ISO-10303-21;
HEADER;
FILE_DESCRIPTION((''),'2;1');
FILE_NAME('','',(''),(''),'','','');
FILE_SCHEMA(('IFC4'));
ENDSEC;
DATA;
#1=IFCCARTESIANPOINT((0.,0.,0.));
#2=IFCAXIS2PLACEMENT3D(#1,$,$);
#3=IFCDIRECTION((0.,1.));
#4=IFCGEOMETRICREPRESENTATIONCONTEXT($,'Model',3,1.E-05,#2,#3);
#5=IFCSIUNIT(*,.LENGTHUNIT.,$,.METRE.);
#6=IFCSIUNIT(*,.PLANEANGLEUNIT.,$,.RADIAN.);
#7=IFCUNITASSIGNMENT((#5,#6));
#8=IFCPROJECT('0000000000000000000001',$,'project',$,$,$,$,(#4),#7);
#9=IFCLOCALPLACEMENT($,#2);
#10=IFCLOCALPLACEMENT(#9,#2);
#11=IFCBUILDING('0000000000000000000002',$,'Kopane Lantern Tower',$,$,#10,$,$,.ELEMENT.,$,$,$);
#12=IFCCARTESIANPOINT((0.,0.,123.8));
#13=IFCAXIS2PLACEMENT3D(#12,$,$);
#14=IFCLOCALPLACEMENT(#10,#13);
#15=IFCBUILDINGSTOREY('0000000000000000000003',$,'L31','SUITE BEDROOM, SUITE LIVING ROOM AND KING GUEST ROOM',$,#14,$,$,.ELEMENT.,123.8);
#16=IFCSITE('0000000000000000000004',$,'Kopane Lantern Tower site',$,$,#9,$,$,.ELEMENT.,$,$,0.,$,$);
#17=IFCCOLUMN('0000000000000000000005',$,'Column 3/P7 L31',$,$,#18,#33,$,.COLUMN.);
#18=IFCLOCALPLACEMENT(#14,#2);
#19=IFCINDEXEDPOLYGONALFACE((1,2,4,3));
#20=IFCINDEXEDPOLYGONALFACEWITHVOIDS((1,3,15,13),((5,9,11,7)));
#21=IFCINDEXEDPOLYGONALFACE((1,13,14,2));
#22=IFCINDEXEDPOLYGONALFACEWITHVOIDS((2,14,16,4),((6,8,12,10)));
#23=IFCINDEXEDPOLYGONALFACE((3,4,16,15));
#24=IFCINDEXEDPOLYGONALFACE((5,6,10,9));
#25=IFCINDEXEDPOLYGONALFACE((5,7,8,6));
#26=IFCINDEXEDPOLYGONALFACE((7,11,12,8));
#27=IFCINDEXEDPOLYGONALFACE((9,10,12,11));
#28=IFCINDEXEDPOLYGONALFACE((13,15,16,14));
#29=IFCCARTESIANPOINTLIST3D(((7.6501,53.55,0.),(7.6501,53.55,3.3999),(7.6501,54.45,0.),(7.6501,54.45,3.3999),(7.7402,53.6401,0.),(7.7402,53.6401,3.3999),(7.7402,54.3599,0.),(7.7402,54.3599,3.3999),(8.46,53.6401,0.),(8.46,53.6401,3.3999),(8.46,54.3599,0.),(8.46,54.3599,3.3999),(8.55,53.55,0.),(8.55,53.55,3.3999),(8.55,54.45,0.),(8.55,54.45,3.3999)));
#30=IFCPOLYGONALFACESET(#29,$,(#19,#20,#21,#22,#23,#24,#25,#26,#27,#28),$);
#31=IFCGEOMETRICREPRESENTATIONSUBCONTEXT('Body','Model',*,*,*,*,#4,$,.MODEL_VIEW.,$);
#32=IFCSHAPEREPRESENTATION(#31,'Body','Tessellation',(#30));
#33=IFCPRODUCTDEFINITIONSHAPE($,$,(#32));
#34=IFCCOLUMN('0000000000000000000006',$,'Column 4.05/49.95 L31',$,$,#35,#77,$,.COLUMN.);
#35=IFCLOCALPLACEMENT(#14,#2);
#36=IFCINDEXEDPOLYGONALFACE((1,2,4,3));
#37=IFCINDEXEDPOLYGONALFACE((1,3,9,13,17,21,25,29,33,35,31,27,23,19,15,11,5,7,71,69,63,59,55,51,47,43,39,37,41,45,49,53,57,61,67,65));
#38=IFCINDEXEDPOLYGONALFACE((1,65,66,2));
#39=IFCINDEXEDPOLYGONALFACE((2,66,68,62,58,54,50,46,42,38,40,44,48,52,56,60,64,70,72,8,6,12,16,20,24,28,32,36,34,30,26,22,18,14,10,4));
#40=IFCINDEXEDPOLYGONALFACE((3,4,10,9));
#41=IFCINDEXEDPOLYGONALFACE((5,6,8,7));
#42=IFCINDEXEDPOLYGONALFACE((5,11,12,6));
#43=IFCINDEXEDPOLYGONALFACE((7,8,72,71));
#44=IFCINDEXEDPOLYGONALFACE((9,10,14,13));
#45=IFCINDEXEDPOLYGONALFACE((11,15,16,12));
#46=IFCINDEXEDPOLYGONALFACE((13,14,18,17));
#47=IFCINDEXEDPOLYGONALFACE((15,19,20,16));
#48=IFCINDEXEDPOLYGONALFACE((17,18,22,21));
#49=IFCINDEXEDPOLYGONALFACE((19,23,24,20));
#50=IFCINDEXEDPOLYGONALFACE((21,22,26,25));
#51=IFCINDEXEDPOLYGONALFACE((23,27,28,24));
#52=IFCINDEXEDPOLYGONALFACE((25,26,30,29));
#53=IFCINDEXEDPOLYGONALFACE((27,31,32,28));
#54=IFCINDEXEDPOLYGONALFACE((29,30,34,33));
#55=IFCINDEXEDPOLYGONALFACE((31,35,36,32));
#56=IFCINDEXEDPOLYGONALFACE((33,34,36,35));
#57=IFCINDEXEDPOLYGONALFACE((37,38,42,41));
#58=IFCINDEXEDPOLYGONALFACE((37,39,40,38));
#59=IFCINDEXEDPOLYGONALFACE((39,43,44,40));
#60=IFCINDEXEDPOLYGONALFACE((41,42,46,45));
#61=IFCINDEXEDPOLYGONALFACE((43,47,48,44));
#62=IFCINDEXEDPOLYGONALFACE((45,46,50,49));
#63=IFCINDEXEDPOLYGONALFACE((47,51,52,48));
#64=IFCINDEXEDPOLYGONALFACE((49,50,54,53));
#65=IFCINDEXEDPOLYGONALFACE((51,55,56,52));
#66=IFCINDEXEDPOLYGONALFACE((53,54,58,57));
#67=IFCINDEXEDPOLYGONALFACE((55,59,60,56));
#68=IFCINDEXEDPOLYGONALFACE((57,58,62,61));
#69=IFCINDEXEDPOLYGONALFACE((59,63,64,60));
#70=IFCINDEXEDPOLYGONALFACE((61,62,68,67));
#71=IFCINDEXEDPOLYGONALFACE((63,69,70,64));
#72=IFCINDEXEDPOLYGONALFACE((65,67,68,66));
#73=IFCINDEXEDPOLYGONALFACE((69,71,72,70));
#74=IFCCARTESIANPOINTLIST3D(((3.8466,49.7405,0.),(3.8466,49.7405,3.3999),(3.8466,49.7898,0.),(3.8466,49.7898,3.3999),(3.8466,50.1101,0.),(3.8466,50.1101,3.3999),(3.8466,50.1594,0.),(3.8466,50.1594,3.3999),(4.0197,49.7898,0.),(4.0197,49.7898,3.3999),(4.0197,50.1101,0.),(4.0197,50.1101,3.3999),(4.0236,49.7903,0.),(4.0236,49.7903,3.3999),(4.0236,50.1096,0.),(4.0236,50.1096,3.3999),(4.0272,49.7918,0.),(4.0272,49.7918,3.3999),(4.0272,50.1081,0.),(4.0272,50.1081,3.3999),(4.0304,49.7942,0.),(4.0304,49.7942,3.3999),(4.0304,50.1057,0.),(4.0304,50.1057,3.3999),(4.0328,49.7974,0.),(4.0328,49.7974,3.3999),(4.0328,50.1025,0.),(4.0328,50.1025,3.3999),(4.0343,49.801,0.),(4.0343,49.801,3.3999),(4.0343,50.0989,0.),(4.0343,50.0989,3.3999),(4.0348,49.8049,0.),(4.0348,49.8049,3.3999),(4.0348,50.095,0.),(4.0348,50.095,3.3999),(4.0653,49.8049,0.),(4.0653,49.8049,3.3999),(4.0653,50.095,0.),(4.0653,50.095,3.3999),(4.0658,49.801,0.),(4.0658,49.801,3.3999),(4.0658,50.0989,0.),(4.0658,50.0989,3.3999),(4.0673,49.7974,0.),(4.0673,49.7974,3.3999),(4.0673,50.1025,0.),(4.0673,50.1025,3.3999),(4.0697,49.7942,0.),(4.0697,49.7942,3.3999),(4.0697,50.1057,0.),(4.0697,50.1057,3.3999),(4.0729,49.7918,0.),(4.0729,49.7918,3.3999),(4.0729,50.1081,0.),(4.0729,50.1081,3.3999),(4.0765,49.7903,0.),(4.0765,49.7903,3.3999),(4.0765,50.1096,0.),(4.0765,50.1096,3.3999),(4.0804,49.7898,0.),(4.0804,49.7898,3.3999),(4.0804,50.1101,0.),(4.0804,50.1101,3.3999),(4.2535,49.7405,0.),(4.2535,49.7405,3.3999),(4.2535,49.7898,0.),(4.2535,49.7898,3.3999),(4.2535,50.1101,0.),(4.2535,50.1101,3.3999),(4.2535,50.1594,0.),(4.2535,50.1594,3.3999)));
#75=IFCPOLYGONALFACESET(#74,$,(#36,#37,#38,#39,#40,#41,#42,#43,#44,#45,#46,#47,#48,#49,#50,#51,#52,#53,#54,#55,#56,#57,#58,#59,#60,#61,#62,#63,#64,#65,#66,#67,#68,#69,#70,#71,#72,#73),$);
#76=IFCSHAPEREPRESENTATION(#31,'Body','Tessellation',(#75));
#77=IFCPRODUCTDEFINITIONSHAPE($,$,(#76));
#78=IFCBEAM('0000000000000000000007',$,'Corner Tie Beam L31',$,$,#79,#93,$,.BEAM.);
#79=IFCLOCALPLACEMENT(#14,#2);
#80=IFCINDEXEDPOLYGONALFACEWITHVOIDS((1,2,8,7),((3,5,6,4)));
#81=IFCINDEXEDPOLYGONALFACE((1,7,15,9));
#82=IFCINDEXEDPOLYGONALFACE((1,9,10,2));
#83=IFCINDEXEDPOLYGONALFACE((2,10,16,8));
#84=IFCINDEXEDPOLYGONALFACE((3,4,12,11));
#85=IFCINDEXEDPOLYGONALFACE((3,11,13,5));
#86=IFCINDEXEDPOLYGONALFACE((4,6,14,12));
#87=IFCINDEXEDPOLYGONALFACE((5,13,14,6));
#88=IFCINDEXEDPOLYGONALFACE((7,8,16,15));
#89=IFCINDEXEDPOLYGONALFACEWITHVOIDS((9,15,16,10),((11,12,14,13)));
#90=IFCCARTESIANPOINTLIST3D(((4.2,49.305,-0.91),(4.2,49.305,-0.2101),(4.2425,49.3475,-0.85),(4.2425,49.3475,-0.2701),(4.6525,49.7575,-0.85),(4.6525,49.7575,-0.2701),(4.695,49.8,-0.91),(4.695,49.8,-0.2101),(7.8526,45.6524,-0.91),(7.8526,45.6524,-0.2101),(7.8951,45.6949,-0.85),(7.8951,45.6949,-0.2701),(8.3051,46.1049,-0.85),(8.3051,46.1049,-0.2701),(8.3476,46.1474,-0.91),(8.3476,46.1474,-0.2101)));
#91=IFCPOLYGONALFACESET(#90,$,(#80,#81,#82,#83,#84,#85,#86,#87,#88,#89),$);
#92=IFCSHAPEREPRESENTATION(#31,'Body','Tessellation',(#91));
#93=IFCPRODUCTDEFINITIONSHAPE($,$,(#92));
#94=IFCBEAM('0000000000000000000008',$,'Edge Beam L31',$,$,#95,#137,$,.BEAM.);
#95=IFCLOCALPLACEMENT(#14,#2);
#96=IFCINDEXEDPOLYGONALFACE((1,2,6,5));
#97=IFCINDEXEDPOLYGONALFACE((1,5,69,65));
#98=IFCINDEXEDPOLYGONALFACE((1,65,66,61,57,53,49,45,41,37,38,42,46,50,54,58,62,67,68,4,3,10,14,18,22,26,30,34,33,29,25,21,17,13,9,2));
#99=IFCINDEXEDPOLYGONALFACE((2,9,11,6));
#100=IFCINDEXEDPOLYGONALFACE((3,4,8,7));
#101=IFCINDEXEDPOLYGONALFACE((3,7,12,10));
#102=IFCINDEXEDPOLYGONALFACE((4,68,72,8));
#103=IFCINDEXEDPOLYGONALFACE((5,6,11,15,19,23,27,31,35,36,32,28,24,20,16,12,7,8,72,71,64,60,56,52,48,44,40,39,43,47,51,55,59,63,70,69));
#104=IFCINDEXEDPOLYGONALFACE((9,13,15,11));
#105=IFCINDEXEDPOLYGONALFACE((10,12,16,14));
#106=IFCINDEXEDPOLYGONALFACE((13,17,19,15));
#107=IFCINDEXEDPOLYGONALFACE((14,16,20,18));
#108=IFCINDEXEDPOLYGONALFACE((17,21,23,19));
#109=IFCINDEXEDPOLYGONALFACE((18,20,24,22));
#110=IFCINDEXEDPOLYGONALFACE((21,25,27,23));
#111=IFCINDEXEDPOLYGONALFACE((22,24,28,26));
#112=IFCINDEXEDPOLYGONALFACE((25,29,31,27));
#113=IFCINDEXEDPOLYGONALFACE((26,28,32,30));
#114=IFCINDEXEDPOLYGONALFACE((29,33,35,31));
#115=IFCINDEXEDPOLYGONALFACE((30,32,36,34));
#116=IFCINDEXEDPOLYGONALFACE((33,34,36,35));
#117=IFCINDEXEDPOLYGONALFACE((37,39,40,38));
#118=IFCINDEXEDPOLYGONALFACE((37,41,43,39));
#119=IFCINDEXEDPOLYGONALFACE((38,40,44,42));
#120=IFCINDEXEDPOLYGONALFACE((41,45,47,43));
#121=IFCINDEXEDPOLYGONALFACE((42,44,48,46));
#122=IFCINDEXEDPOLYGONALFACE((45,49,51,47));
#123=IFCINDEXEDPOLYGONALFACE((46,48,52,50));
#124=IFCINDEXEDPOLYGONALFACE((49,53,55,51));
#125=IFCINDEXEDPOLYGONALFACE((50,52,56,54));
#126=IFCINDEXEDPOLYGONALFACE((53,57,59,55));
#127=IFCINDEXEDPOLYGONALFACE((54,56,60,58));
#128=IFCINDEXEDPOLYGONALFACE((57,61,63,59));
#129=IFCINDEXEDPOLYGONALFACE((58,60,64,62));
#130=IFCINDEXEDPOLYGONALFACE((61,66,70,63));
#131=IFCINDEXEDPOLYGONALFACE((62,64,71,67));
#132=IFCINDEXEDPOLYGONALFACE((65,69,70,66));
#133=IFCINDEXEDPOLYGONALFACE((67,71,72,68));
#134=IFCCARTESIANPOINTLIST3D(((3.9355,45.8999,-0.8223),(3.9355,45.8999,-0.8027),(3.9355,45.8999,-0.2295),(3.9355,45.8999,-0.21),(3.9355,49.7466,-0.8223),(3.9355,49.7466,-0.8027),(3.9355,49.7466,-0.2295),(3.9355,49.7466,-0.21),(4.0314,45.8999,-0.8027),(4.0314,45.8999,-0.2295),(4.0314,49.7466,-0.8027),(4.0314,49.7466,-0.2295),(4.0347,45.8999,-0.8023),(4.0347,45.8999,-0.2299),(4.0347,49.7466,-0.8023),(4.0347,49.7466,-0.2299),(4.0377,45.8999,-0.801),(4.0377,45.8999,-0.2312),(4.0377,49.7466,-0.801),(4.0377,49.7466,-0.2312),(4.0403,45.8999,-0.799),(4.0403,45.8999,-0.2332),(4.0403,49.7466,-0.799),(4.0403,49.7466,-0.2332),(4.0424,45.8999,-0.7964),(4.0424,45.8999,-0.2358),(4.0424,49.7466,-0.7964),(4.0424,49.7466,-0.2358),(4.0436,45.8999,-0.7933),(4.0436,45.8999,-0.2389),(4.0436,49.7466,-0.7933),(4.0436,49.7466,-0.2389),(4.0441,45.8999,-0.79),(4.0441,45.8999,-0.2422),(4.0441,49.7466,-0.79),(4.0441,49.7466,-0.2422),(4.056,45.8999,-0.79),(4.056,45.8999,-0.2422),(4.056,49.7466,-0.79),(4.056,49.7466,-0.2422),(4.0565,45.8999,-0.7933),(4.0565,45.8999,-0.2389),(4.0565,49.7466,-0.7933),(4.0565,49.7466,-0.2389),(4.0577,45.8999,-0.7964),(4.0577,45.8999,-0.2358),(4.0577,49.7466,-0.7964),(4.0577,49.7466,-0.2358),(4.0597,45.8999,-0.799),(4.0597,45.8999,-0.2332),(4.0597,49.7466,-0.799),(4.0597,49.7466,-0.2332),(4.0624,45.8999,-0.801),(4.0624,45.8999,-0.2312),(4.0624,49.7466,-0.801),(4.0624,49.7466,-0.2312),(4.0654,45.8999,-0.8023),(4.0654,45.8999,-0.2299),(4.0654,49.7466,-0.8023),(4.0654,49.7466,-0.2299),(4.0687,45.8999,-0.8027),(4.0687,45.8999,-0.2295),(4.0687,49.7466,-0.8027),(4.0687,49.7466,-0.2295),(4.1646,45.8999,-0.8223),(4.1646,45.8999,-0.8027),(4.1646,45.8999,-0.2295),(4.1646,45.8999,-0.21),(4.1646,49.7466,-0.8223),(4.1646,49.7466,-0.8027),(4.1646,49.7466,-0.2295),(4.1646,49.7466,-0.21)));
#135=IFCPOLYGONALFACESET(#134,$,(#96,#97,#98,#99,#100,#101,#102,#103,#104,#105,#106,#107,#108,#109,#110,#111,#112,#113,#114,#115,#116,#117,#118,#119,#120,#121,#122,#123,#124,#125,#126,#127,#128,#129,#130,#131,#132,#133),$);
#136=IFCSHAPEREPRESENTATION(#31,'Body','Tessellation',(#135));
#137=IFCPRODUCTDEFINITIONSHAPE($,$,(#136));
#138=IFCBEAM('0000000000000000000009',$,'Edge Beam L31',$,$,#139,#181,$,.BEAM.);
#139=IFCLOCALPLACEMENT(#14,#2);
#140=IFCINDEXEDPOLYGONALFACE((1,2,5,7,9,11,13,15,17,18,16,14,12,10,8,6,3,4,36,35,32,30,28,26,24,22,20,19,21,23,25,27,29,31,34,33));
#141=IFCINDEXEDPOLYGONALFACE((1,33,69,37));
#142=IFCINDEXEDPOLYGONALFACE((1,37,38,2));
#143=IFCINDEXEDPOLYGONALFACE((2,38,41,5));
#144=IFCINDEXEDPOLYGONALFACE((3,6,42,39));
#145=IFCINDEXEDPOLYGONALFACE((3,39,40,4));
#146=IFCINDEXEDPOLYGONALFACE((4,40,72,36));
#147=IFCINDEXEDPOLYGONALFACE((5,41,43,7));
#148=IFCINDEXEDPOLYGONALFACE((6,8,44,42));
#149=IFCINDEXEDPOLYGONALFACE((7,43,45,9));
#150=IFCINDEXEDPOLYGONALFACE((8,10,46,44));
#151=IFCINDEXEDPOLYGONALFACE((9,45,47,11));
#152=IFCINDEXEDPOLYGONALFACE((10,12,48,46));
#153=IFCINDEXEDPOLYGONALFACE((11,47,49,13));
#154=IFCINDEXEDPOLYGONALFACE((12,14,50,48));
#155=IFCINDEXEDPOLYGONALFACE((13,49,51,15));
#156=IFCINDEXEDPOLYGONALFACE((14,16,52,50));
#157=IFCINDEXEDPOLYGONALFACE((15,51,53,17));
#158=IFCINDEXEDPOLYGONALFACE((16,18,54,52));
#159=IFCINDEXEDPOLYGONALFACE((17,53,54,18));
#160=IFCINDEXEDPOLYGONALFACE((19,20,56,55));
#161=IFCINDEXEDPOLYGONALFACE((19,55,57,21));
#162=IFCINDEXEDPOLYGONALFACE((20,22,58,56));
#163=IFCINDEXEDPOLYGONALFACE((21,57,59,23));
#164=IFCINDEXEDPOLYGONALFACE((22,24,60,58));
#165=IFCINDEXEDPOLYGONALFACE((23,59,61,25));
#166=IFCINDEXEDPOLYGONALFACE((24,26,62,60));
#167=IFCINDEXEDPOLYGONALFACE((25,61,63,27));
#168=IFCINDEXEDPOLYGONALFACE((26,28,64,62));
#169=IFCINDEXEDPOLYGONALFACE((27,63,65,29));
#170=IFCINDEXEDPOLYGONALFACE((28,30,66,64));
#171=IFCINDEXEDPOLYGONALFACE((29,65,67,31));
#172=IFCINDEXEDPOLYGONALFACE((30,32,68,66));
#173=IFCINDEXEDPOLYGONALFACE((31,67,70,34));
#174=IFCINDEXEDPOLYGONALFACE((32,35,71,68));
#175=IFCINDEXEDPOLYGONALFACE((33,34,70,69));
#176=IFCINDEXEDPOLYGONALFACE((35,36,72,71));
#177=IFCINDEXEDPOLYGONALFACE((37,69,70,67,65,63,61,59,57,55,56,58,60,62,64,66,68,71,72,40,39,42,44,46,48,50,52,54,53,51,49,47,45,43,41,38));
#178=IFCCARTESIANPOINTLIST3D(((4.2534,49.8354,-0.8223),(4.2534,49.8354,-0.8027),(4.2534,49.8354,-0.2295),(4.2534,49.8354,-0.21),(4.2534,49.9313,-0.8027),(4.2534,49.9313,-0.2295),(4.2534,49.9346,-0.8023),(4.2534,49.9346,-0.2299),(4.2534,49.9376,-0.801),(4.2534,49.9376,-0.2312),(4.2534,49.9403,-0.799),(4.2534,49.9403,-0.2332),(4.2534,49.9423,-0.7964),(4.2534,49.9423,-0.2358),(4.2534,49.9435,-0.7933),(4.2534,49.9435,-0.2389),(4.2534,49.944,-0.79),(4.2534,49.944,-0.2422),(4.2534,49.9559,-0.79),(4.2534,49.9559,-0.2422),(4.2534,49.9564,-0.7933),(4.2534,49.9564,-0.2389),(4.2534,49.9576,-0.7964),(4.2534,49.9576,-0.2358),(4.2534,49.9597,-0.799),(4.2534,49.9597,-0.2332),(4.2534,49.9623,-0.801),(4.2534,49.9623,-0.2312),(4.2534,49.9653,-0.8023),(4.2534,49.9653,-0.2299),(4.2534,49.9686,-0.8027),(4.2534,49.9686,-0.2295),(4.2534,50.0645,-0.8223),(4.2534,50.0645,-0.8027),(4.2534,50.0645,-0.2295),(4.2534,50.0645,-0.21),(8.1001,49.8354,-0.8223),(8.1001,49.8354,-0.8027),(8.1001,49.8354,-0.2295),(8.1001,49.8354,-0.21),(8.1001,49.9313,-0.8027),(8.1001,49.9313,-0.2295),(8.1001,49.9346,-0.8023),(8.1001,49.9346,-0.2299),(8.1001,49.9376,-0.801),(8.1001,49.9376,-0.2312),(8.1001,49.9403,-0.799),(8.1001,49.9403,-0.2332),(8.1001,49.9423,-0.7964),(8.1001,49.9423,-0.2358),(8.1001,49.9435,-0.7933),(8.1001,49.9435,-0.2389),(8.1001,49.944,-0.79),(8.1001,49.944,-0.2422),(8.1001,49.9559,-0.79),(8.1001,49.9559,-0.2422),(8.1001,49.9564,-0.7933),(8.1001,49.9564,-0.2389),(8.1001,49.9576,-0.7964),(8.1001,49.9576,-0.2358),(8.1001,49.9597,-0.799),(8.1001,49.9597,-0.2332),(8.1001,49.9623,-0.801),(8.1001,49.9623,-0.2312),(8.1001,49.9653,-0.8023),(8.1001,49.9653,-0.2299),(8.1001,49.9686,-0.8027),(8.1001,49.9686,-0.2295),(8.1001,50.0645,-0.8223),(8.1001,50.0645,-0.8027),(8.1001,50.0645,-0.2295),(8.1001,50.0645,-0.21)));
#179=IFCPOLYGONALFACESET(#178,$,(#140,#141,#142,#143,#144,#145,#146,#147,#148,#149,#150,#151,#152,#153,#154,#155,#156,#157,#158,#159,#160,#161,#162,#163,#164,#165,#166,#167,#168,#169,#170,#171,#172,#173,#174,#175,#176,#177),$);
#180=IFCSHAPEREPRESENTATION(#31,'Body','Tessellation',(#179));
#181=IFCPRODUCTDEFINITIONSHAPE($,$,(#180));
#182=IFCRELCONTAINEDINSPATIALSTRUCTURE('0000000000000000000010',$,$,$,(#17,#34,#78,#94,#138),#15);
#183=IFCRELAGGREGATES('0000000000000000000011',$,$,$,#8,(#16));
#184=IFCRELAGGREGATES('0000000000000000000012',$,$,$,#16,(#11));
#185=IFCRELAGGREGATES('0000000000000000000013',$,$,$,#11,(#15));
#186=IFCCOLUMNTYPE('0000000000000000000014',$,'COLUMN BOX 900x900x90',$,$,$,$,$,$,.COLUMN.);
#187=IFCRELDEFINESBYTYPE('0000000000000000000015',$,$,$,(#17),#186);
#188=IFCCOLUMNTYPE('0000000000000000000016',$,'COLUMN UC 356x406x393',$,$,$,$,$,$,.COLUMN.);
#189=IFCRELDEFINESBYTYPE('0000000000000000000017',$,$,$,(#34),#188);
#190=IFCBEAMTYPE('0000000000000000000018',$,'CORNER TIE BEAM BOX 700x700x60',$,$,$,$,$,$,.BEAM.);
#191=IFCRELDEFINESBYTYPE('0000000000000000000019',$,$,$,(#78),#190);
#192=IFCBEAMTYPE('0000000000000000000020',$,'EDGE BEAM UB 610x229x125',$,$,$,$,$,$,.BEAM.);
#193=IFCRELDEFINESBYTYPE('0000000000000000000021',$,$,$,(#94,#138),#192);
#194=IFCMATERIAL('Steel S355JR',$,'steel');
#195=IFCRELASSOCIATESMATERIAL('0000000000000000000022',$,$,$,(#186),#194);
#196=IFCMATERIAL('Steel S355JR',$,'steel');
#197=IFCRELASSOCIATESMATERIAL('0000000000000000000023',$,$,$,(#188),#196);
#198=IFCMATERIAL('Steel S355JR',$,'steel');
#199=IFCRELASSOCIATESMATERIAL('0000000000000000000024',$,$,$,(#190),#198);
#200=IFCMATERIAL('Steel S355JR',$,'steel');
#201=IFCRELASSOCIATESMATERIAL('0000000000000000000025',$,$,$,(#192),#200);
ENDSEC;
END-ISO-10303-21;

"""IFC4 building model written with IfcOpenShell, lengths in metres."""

from ifc_helpers import new_model, si_unit, direction, frame, origin, origin_2d, place, context, subcontext, project, spatial, hollow_rectangle, i_section, extrude, material, material_profile, profile_set, type_object, element, save


model = new_model("IFC4")

# Units and contexts
model_context = context("Model", 3, precision=1e-05, world=origin(), true_north=direction((0.0, 1.0)))
body_context = subcontext(model_context, "Body", "Model", "MODEL_VIEW")
ifc_project = project(units=[si_unit("LENGTHUNIT", "METRE"), si_unit("PLANEANGLEUNIT", "RADIAN")], contexts=[model_context])

# Site, building, storey
site_placement = place(None, origin())
site = spatial("IfcSite", under=ifc_project, at=site_placement, Name="Kopane Lantern Tower site", CompositionType="ELEMENT", RefElevation=0.0)
building_placement = place(site_placement, origin())
building = spatial("IfcBuilding", under=site, at=building_placement, Name="Kopane Lantern Tower", CompositionType="ELEMENT")
storey_placement = place(building_placement, frame((0.0, 0.0, 123.8)))
storey = spatial("IfcBuildingStorey", under=building, at=storey_placement, Name="L31", Description="SUITE BEDROOM, SUITE LIVING ROOM AND KING GUEST ROOM", CompositionType="ELEMENT", Elevation=123.8)

# Columns
ifc_material_1 = material(Name="Steel S355JR", Category="steel")
ifc_material_profile_1 = material_profile(ifc_material_1, hollow_rectangle(XDim=0.8999, YDim=0.8999, WallThickness=0.0901, at=origin_2d()), Name="BOX 900x900x90")
ifc_profile_set_1 = profile_set([ifc_material_profile_1], Name="Steel S355JR")
column_type_1 = type_object("IfcColumnType", Name="COLUMN BOX 900x900x90", PredefinedType="COLUMN", material=ifc_profile_set_1)
column_1_placement = place(storey_placement, frame((8.1001, 54.0, 0.0), z_axis=(0.0, 0.0, 1.0), x_axis=(1.0, 0.0, 0.0)))
element("IfcColumn", 1, at=column_1_placement, inside=storey, type_object=column_type_1, Name="Column 3/P7 L31", PredefinedType="COLUMN", context=body_context, shape_type="SweptSolid", body=[
    extrude(hollow_rectangle(XDim=0.8999, YDim=0.8999, WallThickness=0.0901, at=origin_2d()), origin(), (0.0, 0.0, 1.0), 3.3999),
])
ifc_material_2 = material(Name="Steel S355JR", Category="steel")
ifc_material_profile_2 = material_profile(ifc_material_2, i_section(OverallWidth=0.407, OverallDepth=0.4189, WebThickness=0.0305, FlangeThickness=0.0493, FilletRadius=0.0151, at=origin_2d()), Name="UC 356x406x393")
ifc_profile_set_2 = profile_set([ifc_material_profile_2], Name="Steel S355JR")
column_type_2 = type_object("IfcColumnType", Name="COLUMN UC 356x406x393", PredefinedType="COLUMN", material=ifc_profile_set_2)
column_2_placement = place(storey_placement, frame((4.05, 49.95, 0.0), z_axis=(0.0, 0.0, 1.0), x_axis=(1.0, 0.0, 0.0)))
element("IfcColumn", 2, at=column_2_placement, inside=storey, type_object=column_type_2, Name="Column 4.05/49.95 L31", PredefinedType="COLUMN", context=body_context, shape_type="SweptSolid", body=[
    extrude(i_section(OverallWidth=0.407, OverallDepth=0.4189, WebThickness=0.0305, FlangeThickness=0.0493, FilletRadius=0.0151, at=origin_2d()), origin(), (0.0, 0.0, 1.0), 3.3999),
])

# Beams
ifc_material_3 = material(Name="Steel S355JR", Category="steel")
ifc_material_profile_3 = material_profile(ifc_material_3, hollow_rectangle(XDim=0.7, YDim=0.7, WallThickness=0.0601, at=origin_2d()), Name="BOX 700x700x60")
ifc_profile_set_3 = profile_set([ifc_material_profile_3], Name="Steel S355JR")
beam_type_1 = type_object("IfcBeamType", Name="CORNER TIE BEAM BOX 700x700x60", PredefinedType="BEAM", material=ifc_profile_set_3)
beam_1_placement = place(storey_placement, frame((4.4475, 49.5525, -0.5601), z_axis=(0.707107, -0.707107, 0.0), x_axis=(0.707107, 0.707107, 0.0)))
element("IfcBeam", 3, at=beam_1_placement, inside=storey, type_object=beam_type_1, Name="Corner Tie Beam L31", PredefinedType="BEAM", context=body_context, shape_type="SweptSolid", body=[
    extrude(hollow_rectangle(XDim=0.7, YDim=0.7, WallThickness=0.0601, at=origin_2d()), origin(), (0.0, 0.0, 1.0), 5.1655),
])
ifc_material_4 = material(Name="Steel S355JR", Category="steel")
ifc_material_profile_4 = material_profile(ifc_material_4, i_section(OverallWidth=0.229, OverallDepth=0.6123, WebThickness=0.012, FlangeThickness=0.0195, FilletRadius=0.0127, at=origin_2d()), Name="UB 610x229x125")
ifc_profile_set_4 = profile_set([ifc_material_profile_4], Name="Steel S355JR")
beam_type_2 = type_object("IfcBeamType", Name="EDGE BEAM UB 610x229x125", PredefinedType="BEAM", material=ifc_profile_set_4)
for number, where, z_axis, x_axis, name in (
    (4, (4.05, 49.7466, -0.5161), (0.0, -1.0, 0.0), (1.0, 0.0, 0.0), "Edge Beam L31"),
    (5, (4.2534, 49.95, -0.5161), (1.0, 0.0, 0.0), (0.0, 1.0, 0.0), "Edge Beam L31"),
):
    element("IfcBeam", number, at=place(storey_placement, frame(where, z_axis=z_axis, x_axis=x_axis)), inside=storey, type_object=beam_type_2, Name=name, PredefinedType="BEAM", context=body_context, shape_type="SweptSolid", body=[
        extrude(i_section(OverallWidth=0.229, OverallDepth=0.6123, WebThickness=0.012, FlangeThickness=0.0195, FilletRadius=0.0127, at=origin_2d()), origin(), (0.0, 0.0, 1.0), 3.8467),
    ])

save(model, "model.ifc")
